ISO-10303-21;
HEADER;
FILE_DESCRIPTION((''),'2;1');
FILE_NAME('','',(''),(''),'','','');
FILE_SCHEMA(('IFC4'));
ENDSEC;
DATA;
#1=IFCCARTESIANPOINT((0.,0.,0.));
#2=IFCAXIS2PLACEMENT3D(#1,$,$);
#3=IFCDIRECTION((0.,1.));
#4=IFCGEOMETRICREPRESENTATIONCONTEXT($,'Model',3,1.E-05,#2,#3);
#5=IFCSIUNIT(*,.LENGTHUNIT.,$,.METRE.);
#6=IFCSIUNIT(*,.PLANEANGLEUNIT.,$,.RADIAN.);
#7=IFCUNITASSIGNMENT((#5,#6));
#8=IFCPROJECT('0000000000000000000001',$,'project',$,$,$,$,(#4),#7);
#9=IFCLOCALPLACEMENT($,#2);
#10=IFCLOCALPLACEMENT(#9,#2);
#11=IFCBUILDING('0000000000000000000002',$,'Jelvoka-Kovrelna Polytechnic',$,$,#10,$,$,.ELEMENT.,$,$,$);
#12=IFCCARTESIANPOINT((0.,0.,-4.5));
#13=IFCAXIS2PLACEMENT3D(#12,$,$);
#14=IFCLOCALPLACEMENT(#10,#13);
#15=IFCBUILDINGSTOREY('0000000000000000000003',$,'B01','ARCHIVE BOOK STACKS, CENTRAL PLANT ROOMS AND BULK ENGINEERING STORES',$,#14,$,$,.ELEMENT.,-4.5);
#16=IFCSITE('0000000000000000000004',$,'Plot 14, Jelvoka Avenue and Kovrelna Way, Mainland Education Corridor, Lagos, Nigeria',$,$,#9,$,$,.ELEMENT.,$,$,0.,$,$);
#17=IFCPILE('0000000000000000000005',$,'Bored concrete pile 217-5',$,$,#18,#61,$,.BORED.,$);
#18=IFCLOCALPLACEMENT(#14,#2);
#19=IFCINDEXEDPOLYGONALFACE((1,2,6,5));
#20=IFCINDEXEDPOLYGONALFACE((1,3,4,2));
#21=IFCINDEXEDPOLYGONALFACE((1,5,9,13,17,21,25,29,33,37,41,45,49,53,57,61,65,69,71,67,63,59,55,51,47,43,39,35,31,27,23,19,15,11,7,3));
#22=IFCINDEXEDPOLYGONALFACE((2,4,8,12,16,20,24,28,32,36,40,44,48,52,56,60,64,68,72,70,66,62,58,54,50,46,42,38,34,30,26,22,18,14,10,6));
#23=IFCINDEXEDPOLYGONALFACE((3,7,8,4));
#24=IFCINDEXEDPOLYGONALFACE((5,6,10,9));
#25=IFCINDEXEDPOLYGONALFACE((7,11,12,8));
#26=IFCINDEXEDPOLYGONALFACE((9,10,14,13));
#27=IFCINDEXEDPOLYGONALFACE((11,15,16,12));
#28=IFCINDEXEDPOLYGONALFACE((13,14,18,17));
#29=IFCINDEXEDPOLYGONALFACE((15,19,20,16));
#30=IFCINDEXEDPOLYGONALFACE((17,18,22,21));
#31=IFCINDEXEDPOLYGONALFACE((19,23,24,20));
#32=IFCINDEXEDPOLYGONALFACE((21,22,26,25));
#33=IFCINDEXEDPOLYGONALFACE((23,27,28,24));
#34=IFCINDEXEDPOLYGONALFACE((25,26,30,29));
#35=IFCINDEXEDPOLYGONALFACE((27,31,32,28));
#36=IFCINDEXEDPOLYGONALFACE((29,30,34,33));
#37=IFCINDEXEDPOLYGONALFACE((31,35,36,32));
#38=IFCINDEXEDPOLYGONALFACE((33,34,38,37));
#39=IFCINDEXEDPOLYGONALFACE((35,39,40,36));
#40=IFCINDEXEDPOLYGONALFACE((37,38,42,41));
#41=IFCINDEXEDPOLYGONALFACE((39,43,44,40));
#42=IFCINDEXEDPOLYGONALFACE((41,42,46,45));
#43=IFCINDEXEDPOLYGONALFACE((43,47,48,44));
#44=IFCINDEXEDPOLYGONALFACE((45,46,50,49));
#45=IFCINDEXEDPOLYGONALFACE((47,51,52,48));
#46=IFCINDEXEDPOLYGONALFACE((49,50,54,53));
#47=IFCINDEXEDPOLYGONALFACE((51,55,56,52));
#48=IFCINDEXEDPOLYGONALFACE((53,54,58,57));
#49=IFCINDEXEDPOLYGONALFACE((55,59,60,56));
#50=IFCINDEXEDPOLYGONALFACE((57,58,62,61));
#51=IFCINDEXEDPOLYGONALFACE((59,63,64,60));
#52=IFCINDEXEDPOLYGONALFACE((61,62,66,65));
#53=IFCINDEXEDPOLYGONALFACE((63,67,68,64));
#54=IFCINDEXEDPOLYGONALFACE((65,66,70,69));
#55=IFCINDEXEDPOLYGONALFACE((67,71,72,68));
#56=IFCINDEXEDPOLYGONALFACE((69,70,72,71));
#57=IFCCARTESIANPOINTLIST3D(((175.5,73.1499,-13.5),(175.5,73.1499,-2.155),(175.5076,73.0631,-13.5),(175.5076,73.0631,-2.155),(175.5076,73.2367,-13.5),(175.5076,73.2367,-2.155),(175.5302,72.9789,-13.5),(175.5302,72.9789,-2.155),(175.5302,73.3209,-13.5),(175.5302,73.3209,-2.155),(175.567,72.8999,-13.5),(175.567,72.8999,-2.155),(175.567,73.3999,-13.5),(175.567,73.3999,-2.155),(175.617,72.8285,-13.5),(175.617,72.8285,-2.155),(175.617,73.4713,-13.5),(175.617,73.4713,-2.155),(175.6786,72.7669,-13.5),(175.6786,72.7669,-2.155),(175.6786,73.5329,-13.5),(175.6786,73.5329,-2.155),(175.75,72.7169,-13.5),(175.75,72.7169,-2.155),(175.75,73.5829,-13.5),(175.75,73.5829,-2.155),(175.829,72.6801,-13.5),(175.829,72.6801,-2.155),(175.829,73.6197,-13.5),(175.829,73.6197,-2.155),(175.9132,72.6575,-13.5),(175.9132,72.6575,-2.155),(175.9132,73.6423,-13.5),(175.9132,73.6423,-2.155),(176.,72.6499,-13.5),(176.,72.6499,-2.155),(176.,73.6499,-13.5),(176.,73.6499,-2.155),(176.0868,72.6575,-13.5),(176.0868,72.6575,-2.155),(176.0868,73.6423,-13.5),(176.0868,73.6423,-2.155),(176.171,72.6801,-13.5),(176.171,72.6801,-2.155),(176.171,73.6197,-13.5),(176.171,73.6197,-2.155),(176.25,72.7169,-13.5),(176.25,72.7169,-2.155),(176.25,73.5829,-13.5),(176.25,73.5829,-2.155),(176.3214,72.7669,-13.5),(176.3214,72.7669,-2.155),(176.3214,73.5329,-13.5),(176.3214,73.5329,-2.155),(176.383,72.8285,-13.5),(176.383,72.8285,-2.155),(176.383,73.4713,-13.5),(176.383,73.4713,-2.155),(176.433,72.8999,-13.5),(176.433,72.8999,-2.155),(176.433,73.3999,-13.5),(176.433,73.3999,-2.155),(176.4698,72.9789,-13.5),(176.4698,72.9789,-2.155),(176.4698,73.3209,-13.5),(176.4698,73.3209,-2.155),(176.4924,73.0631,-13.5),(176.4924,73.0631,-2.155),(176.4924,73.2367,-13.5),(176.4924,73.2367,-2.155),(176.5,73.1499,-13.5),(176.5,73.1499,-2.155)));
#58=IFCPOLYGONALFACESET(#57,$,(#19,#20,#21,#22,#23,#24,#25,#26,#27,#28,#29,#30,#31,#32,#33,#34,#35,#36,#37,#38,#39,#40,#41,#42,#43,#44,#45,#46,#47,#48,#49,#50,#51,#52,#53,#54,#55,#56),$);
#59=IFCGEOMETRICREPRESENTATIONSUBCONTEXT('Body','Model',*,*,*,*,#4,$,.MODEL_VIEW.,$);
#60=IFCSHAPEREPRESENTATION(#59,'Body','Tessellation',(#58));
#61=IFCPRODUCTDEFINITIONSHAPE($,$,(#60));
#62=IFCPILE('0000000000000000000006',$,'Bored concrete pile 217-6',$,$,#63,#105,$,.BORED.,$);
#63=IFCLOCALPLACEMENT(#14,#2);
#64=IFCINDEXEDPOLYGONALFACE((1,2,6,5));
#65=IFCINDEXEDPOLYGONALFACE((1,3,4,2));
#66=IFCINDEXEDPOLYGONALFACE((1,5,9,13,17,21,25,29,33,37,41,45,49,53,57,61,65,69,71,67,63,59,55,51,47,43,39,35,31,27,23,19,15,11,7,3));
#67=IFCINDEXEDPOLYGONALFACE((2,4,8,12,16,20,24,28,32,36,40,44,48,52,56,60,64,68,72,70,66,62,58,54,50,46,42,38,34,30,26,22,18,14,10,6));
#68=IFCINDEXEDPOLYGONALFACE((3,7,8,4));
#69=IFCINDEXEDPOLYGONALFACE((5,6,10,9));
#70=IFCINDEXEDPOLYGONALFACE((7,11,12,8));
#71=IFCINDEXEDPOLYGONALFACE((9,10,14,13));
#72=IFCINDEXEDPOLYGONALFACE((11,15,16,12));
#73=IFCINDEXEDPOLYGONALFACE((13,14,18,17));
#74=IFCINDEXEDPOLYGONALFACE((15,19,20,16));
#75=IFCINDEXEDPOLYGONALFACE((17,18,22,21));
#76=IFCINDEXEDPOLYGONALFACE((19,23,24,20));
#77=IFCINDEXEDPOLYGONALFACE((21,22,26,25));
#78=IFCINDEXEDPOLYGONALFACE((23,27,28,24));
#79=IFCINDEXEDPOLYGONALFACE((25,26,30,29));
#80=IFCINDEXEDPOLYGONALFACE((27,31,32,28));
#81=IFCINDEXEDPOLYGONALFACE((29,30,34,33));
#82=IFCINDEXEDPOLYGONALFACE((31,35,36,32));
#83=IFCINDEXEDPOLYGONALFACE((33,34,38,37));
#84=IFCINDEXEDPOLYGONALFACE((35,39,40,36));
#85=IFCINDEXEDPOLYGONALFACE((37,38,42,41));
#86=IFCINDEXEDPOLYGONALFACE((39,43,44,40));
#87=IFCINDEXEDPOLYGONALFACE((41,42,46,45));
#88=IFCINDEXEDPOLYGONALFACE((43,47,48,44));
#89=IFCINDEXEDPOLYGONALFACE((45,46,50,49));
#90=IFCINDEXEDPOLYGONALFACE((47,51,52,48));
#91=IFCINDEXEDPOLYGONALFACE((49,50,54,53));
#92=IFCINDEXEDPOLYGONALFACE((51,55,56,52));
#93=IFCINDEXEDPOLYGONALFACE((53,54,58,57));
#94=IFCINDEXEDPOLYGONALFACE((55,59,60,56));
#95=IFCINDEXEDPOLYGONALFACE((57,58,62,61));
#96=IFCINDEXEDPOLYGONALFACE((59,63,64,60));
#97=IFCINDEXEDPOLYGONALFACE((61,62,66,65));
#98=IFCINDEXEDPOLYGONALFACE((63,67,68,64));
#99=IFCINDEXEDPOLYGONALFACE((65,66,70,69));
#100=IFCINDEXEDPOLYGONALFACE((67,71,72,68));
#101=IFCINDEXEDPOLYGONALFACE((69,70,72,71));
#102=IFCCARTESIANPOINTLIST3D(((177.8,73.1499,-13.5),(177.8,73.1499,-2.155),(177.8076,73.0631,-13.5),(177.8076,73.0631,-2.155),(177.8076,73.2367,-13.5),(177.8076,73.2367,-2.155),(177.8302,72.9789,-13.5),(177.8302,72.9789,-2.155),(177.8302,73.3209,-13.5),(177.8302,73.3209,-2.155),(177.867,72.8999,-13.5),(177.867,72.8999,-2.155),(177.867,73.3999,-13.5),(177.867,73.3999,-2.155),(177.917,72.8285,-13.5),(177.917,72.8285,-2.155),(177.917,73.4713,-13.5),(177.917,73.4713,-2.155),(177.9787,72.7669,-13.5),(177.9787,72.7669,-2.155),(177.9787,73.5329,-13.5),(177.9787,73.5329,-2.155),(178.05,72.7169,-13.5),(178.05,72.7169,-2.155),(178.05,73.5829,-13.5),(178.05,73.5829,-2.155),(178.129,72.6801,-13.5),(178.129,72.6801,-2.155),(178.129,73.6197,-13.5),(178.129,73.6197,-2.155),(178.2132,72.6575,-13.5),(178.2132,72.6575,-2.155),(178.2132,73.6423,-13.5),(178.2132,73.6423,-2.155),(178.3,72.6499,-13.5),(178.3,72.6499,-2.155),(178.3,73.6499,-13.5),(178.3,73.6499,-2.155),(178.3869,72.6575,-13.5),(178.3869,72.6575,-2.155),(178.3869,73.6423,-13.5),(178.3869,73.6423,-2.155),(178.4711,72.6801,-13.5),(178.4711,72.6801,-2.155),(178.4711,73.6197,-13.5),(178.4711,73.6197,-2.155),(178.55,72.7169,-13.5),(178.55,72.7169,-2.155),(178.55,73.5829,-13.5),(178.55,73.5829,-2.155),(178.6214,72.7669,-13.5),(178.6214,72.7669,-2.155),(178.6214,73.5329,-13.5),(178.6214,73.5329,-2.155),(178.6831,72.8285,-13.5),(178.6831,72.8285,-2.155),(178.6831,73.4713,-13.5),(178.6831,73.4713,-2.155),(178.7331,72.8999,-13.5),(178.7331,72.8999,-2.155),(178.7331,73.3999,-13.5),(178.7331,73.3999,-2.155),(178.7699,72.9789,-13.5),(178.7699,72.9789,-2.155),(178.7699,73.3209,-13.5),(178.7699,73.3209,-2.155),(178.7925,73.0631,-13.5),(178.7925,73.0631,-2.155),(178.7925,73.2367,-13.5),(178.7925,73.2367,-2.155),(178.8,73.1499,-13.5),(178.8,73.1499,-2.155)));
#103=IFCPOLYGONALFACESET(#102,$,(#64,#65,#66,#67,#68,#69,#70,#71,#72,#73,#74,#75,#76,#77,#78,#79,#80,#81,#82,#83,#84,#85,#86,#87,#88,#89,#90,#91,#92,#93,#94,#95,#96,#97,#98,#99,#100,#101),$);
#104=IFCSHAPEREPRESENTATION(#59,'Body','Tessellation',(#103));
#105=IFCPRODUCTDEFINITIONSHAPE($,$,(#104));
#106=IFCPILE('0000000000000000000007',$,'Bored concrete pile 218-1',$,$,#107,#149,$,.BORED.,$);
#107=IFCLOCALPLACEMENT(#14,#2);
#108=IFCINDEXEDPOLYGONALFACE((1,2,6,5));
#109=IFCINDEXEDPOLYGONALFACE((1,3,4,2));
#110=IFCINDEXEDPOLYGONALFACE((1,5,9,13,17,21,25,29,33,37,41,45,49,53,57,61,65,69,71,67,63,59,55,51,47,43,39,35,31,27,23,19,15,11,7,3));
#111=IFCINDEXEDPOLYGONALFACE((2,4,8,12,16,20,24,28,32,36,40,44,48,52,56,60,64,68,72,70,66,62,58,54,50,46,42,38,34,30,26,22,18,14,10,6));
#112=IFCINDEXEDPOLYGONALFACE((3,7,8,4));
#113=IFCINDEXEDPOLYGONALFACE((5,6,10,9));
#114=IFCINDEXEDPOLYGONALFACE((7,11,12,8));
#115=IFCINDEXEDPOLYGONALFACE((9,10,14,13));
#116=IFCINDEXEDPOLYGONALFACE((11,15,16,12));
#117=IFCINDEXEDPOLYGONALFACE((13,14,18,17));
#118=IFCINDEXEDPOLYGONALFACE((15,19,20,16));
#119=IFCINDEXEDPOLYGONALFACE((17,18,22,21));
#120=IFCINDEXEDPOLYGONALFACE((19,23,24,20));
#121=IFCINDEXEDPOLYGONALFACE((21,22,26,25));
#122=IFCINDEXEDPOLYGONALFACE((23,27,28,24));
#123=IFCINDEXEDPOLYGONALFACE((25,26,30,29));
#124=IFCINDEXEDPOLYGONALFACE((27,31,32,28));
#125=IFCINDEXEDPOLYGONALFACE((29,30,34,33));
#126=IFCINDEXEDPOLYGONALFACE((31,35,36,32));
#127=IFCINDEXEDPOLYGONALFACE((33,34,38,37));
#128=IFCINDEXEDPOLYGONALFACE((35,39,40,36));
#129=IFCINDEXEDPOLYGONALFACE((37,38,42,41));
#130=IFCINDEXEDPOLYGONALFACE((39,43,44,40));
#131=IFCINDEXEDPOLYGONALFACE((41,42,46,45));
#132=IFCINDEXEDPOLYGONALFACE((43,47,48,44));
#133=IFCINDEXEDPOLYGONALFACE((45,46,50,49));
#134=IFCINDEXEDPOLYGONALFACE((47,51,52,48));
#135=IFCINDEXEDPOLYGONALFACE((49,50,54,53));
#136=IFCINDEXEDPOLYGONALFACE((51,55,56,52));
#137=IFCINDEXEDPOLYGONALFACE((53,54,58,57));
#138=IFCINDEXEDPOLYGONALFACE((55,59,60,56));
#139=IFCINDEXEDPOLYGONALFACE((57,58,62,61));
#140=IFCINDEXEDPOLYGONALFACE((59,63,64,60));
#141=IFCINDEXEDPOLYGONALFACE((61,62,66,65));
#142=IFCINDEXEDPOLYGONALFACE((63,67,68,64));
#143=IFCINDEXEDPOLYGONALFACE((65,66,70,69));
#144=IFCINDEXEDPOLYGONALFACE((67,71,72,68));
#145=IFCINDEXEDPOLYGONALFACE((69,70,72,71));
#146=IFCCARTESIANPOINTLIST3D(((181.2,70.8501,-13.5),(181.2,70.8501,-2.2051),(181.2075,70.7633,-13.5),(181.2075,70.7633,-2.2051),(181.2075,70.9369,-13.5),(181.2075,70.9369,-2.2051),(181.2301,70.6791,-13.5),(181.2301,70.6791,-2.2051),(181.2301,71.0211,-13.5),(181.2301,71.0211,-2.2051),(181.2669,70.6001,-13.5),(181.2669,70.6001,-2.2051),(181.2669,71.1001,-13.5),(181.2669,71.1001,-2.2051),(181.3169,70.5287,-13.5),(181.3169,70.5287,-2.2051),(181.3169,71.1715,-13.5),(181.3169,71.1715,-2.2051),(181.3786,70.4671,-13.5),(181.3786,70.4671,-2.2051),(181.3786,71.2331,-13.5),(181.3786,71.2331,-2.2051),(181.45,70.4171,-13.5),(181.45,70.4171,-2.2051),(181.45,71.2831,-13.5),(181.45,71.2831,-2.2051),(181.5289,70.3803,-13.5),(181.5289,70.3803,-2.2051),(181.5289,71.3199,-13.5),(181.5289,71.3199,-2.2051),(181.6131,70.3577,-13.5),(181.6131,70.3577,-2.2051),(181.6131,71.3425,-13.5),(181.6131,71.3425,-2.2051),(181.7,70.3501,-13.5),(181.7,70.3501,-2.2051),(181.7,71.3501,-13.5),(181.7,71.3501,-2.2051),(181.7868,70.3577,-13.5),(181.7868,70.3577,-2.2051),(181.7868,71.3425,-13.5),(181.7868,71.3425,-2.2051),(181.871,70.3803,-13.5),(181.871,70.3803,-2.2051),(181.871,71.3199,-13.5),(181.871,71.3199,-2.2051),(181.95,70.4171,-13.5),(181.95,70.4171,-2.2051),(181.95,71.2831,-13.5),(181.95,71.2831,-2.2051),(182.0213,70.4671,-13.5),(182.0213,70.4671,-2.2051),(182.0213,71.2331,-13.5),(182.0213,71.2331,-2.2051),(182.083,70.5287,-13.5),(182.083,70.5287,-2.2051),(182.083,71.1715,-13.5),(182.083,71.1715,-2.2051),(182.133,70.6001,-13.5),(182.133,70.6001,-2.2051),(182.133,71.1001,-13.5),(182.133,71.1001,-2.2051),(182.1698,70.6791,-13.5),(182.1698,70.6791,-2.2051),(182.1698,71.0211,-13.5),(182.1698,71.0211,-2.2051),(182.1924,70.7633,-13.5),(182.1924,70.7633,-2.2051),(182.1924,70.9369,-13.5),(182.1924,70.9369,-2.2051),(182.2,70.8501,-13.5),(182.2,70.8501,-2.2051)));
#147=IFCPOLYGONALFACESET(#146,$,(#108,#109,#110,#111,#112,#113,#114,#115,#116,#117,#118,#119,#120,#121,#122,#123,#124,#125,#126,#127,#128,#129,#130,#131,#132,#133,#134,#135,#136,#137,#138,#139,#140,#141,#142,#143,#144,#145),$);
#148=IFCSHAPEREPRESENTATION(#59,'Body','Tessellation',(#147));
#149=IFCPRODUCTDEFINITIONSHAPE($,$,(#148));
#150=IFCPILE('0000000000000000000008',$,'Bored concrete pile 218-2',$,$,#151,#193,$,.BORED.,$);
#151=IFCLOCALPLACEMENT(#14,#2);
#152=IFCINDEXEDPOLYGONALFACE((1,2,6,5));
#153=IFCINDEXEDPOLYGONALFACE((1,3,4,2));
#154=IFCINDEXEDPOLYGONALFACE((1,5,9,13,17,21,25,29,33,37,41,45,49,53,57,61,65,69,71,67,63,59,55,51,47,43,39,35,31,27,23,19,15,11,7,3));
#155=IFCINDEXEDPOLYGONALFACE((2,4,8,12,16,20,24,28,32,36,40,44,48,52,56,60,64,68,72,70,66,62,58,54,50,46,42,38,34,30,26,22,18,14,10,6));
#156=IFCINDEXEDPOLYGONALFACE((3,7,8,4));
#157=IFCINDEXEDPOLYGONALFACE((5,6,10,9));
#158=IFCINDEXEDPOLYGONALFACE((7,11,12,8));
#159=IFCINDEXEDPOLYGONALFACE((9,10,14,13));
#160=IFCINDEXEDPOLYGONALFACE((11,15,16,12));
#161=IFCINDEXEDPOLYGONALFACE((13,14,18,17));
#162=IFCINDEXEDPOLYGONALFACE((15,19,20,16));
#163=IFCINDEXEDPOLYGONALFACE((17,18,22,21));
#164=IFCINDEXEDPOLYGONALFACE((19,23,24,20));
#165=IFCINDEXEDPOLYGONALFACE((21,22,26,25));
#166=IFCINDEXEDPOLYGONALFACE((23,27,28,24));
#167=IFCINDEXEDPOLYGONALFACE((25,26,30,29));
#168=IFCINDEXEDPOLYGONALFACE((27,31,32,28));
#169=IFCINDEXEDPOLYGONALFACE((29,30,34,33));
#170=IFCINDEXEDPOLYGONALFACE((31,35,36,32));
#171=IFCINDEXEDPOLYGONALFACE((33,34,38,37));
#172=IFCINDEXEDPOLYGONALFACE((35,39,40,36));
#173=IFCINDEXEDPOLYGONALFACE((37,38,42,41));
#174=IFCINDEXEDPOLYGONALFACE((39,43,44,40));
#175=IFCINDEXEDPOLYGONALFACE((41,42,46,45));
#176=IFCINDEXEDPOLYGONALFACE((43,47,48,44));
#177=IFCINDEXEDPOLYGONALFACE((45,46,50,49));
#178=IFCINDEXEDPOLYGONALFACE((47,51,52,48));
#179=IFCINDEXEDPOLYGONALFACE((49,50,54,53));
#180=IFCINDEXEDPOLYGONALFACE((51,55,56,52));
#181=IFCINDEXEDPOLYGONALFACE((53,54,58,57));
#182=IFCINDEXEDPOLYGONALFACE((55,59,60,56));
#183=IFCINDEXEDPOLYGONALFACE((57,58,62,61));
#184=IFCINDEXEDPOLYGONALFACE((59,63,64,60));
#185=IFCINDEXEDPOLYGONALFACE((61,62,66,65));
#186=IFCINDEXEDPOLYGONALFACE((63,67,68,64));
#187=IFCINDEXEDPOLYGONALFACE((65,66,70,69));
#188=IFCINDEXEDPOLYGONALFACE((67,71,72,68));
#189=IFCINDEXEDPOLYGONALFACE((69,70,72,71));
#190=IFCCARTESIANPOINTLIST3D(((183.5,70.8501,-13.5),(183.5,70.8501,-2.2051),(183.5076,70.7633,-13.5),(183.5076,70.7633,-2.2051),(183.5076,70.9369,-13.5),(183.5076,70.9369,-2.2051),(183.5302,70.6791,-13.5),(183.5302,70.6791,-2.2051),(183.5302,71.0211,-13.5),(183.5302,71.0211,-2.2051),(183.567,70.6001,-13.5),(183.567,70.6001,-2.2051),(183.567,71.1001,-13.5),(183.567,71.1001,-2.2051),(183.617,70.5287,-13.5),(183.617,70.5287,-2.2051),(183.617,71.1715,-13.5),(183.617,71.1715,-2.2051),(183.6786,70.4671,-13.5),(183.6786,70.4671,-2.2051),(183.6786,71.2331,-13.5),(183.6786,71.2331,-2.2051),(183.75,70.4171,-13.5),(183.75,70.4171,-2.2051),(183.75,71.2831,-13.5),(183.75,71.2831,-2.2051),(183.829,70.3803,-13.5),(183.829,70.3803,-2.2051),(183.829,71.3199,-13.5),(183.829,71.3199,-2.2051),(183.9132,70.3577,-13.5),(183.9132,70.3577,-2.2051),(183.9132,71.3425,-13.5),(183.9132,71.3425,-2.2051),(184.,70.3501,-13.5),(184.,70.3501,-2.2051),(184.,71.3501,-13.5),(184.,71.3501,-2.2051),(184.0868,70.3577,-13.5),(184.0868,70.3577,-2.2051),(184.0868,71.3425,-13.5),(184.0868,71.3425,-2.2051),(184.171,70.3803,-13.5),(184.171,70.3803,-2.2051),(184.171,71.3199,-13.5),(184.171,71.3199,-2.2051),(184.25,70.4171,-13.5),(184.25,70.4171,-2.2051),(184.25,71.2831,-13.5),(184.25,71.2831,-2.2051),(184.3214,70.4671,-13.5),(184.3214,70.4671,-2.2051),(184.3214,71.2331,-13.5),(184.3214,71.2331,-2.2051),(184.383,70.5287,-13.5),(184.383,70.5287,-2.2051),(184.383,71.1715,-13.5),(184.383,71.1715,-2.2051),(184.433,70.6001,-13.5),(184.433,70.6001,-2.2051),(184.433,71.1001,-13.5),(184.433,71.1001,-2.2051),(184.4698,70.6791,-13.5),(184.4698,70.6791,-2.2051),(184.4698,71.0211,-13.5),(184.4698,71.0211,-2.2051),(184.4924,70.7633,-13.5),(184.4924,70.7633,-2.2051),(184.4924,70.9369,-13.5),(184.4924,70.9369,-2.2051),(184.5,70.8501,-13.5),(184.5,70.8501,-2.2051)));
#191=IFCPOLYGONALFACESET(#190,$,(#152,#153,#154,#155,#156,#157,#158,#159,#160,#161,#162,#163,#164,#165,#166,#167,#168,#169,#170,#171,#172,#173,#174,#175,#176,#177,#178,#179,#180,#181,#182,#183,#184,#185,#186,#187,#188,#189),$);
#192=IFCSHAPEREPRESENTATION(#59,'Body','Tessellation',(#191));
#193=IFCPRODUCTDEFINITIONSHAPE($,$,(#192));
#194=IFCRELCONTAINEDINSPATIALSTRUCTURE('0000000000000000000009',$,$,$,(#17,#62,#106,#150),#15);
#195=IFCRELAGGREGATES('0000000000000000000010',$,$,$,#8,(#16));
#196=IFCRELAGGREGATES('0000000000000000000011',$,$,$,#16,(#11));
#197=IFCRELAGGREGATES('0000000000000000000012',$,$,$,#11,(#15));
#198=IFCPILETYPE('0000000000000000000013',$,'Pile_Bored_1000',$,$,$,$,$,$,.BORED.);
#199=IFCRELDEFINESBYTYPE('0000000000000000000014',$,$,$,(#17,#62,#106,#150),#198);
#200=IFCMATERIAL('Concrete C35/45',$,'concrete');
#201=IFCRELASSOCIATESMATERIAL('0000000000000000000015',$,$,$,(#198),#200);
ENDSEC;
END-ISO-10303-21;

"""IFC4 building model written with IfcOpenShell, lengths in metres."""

from ifc_helpers import new_model, si_unit, direction, frame, origin, origin_2d, place, context, subcontext, project, spatial, circle, extrude, material, material_profile, profile_set, type_object, element, save


model = new_model("IFC4")

# Units and contexts
model_context = context("Model", 3, precision=1e-05, world=origin(), true_north=direction((0.0, 1.0)))
body_context = subcontext(model_context, "Body", "Model", "MODEL_VIEW")
ifc_project = project(units=[si_unit("LENGTHUNIT", "METRE"), si_unit("PLANEANGLEUNIT", "RADIAN")], contexts=[model_context])

# Site, building, storey
site_placement = place(None, origin())
site = spatial("IfcSite", under=ifc_project, at=site_placement, Name="Plot 14, Jelvoka Avenue and Kovrelna Way, Mainland Education Corridor, Lagos, Nigeria", CompositionType="ELEMENT", RefElevation=0.0)
building_placement = place(site_placement, origin())
building = spatial("IfcBuilding", under=site, at=building_placement, Name="Jelvoka-Kovrelna Polytechnic", CompositionType="ELEMENT")
storey_placement = place(building_placement, frame((0.0, 0.0, -4.5)))
storey = spatial("IfcBuildingStorey", under=building, at=storey_placement, Name="B01", Description="ARCHIVE BOOK STACKS, CENTRAL PLANT ROOMS AND BULK ENGINEERING STORES", CompositionType="ELEMENT", Elevation=-4.5)

# Piles
ifc_material_1 = material(Name="Concrete C35/45", Category="concrete")
ifc_material_profile_1 = material_profile(ifc_material_1, circle(Radius=0.5, at=origin_2d()), Name="PILE D1000")
ifc_profile_set_1 = profile_set([ifc_material_profile_1], Name="Concrete C35/45")
pile_type = type_object("IfcPileType", Name="Pile_Bored_1000", PredefinedType="BORED", material=ifc_profile_set_1)
for number, where, z_axis, x_axis, name in (
    (1, (176.0, 73.1499, -2.155), (0.0, 0.0, -1.0), (1.0, 0.0, 0.0), "Bored concrete pile 217-5"),
    (2, (178.3, 73.1499, -2.155), (0.0, 0.0, -1.0), (1.0, 0.0, 0.0), "Bored concrete pile 217-6"),
):
    element("IfcPile", number, at=place(storey_placement, frame(where, z_axis=z_axis, x_axis=x_axis)), inside=storey, type_object=pile_type, Name=name, PredefinedType="BORED", context=body_context, shape_type="SweptSolid", body=[
        extrude(circle(Radius=0.5, at=origin_2d()), origin(), (0.0, 0.0, 1.0), 11.345),
    ])
for number, where, z_axis, x_axis, name in (
    (3, (181.7, 70.8501, -2.2051), (0.0, 0.0, -1.0), (1.0, 0.0, 0.0), "Bored concrete pile 218-1"),
    (4, (184.0, 70.8501, -2.2051), (0.0, 0.0, -1.0), (1.0, 0.0, 0.0), "Bored concrete pile 218-2"),
):
    element("IfcPile", number, at=place(storey_placement, frame(where, z_axis=z_axis, x_axis=x_axis)), inside=storey, type_object=pile_type, Name=name, PredefinedType="BORED", context=body_context, shape_type="SweptSolid", body=[
        extrude(circle(Radius=0.5, at=origin_2d()), origin(), (0.0, 0.0, 1.0), 11.2949),
    ])

save(model, "model.ifc")
